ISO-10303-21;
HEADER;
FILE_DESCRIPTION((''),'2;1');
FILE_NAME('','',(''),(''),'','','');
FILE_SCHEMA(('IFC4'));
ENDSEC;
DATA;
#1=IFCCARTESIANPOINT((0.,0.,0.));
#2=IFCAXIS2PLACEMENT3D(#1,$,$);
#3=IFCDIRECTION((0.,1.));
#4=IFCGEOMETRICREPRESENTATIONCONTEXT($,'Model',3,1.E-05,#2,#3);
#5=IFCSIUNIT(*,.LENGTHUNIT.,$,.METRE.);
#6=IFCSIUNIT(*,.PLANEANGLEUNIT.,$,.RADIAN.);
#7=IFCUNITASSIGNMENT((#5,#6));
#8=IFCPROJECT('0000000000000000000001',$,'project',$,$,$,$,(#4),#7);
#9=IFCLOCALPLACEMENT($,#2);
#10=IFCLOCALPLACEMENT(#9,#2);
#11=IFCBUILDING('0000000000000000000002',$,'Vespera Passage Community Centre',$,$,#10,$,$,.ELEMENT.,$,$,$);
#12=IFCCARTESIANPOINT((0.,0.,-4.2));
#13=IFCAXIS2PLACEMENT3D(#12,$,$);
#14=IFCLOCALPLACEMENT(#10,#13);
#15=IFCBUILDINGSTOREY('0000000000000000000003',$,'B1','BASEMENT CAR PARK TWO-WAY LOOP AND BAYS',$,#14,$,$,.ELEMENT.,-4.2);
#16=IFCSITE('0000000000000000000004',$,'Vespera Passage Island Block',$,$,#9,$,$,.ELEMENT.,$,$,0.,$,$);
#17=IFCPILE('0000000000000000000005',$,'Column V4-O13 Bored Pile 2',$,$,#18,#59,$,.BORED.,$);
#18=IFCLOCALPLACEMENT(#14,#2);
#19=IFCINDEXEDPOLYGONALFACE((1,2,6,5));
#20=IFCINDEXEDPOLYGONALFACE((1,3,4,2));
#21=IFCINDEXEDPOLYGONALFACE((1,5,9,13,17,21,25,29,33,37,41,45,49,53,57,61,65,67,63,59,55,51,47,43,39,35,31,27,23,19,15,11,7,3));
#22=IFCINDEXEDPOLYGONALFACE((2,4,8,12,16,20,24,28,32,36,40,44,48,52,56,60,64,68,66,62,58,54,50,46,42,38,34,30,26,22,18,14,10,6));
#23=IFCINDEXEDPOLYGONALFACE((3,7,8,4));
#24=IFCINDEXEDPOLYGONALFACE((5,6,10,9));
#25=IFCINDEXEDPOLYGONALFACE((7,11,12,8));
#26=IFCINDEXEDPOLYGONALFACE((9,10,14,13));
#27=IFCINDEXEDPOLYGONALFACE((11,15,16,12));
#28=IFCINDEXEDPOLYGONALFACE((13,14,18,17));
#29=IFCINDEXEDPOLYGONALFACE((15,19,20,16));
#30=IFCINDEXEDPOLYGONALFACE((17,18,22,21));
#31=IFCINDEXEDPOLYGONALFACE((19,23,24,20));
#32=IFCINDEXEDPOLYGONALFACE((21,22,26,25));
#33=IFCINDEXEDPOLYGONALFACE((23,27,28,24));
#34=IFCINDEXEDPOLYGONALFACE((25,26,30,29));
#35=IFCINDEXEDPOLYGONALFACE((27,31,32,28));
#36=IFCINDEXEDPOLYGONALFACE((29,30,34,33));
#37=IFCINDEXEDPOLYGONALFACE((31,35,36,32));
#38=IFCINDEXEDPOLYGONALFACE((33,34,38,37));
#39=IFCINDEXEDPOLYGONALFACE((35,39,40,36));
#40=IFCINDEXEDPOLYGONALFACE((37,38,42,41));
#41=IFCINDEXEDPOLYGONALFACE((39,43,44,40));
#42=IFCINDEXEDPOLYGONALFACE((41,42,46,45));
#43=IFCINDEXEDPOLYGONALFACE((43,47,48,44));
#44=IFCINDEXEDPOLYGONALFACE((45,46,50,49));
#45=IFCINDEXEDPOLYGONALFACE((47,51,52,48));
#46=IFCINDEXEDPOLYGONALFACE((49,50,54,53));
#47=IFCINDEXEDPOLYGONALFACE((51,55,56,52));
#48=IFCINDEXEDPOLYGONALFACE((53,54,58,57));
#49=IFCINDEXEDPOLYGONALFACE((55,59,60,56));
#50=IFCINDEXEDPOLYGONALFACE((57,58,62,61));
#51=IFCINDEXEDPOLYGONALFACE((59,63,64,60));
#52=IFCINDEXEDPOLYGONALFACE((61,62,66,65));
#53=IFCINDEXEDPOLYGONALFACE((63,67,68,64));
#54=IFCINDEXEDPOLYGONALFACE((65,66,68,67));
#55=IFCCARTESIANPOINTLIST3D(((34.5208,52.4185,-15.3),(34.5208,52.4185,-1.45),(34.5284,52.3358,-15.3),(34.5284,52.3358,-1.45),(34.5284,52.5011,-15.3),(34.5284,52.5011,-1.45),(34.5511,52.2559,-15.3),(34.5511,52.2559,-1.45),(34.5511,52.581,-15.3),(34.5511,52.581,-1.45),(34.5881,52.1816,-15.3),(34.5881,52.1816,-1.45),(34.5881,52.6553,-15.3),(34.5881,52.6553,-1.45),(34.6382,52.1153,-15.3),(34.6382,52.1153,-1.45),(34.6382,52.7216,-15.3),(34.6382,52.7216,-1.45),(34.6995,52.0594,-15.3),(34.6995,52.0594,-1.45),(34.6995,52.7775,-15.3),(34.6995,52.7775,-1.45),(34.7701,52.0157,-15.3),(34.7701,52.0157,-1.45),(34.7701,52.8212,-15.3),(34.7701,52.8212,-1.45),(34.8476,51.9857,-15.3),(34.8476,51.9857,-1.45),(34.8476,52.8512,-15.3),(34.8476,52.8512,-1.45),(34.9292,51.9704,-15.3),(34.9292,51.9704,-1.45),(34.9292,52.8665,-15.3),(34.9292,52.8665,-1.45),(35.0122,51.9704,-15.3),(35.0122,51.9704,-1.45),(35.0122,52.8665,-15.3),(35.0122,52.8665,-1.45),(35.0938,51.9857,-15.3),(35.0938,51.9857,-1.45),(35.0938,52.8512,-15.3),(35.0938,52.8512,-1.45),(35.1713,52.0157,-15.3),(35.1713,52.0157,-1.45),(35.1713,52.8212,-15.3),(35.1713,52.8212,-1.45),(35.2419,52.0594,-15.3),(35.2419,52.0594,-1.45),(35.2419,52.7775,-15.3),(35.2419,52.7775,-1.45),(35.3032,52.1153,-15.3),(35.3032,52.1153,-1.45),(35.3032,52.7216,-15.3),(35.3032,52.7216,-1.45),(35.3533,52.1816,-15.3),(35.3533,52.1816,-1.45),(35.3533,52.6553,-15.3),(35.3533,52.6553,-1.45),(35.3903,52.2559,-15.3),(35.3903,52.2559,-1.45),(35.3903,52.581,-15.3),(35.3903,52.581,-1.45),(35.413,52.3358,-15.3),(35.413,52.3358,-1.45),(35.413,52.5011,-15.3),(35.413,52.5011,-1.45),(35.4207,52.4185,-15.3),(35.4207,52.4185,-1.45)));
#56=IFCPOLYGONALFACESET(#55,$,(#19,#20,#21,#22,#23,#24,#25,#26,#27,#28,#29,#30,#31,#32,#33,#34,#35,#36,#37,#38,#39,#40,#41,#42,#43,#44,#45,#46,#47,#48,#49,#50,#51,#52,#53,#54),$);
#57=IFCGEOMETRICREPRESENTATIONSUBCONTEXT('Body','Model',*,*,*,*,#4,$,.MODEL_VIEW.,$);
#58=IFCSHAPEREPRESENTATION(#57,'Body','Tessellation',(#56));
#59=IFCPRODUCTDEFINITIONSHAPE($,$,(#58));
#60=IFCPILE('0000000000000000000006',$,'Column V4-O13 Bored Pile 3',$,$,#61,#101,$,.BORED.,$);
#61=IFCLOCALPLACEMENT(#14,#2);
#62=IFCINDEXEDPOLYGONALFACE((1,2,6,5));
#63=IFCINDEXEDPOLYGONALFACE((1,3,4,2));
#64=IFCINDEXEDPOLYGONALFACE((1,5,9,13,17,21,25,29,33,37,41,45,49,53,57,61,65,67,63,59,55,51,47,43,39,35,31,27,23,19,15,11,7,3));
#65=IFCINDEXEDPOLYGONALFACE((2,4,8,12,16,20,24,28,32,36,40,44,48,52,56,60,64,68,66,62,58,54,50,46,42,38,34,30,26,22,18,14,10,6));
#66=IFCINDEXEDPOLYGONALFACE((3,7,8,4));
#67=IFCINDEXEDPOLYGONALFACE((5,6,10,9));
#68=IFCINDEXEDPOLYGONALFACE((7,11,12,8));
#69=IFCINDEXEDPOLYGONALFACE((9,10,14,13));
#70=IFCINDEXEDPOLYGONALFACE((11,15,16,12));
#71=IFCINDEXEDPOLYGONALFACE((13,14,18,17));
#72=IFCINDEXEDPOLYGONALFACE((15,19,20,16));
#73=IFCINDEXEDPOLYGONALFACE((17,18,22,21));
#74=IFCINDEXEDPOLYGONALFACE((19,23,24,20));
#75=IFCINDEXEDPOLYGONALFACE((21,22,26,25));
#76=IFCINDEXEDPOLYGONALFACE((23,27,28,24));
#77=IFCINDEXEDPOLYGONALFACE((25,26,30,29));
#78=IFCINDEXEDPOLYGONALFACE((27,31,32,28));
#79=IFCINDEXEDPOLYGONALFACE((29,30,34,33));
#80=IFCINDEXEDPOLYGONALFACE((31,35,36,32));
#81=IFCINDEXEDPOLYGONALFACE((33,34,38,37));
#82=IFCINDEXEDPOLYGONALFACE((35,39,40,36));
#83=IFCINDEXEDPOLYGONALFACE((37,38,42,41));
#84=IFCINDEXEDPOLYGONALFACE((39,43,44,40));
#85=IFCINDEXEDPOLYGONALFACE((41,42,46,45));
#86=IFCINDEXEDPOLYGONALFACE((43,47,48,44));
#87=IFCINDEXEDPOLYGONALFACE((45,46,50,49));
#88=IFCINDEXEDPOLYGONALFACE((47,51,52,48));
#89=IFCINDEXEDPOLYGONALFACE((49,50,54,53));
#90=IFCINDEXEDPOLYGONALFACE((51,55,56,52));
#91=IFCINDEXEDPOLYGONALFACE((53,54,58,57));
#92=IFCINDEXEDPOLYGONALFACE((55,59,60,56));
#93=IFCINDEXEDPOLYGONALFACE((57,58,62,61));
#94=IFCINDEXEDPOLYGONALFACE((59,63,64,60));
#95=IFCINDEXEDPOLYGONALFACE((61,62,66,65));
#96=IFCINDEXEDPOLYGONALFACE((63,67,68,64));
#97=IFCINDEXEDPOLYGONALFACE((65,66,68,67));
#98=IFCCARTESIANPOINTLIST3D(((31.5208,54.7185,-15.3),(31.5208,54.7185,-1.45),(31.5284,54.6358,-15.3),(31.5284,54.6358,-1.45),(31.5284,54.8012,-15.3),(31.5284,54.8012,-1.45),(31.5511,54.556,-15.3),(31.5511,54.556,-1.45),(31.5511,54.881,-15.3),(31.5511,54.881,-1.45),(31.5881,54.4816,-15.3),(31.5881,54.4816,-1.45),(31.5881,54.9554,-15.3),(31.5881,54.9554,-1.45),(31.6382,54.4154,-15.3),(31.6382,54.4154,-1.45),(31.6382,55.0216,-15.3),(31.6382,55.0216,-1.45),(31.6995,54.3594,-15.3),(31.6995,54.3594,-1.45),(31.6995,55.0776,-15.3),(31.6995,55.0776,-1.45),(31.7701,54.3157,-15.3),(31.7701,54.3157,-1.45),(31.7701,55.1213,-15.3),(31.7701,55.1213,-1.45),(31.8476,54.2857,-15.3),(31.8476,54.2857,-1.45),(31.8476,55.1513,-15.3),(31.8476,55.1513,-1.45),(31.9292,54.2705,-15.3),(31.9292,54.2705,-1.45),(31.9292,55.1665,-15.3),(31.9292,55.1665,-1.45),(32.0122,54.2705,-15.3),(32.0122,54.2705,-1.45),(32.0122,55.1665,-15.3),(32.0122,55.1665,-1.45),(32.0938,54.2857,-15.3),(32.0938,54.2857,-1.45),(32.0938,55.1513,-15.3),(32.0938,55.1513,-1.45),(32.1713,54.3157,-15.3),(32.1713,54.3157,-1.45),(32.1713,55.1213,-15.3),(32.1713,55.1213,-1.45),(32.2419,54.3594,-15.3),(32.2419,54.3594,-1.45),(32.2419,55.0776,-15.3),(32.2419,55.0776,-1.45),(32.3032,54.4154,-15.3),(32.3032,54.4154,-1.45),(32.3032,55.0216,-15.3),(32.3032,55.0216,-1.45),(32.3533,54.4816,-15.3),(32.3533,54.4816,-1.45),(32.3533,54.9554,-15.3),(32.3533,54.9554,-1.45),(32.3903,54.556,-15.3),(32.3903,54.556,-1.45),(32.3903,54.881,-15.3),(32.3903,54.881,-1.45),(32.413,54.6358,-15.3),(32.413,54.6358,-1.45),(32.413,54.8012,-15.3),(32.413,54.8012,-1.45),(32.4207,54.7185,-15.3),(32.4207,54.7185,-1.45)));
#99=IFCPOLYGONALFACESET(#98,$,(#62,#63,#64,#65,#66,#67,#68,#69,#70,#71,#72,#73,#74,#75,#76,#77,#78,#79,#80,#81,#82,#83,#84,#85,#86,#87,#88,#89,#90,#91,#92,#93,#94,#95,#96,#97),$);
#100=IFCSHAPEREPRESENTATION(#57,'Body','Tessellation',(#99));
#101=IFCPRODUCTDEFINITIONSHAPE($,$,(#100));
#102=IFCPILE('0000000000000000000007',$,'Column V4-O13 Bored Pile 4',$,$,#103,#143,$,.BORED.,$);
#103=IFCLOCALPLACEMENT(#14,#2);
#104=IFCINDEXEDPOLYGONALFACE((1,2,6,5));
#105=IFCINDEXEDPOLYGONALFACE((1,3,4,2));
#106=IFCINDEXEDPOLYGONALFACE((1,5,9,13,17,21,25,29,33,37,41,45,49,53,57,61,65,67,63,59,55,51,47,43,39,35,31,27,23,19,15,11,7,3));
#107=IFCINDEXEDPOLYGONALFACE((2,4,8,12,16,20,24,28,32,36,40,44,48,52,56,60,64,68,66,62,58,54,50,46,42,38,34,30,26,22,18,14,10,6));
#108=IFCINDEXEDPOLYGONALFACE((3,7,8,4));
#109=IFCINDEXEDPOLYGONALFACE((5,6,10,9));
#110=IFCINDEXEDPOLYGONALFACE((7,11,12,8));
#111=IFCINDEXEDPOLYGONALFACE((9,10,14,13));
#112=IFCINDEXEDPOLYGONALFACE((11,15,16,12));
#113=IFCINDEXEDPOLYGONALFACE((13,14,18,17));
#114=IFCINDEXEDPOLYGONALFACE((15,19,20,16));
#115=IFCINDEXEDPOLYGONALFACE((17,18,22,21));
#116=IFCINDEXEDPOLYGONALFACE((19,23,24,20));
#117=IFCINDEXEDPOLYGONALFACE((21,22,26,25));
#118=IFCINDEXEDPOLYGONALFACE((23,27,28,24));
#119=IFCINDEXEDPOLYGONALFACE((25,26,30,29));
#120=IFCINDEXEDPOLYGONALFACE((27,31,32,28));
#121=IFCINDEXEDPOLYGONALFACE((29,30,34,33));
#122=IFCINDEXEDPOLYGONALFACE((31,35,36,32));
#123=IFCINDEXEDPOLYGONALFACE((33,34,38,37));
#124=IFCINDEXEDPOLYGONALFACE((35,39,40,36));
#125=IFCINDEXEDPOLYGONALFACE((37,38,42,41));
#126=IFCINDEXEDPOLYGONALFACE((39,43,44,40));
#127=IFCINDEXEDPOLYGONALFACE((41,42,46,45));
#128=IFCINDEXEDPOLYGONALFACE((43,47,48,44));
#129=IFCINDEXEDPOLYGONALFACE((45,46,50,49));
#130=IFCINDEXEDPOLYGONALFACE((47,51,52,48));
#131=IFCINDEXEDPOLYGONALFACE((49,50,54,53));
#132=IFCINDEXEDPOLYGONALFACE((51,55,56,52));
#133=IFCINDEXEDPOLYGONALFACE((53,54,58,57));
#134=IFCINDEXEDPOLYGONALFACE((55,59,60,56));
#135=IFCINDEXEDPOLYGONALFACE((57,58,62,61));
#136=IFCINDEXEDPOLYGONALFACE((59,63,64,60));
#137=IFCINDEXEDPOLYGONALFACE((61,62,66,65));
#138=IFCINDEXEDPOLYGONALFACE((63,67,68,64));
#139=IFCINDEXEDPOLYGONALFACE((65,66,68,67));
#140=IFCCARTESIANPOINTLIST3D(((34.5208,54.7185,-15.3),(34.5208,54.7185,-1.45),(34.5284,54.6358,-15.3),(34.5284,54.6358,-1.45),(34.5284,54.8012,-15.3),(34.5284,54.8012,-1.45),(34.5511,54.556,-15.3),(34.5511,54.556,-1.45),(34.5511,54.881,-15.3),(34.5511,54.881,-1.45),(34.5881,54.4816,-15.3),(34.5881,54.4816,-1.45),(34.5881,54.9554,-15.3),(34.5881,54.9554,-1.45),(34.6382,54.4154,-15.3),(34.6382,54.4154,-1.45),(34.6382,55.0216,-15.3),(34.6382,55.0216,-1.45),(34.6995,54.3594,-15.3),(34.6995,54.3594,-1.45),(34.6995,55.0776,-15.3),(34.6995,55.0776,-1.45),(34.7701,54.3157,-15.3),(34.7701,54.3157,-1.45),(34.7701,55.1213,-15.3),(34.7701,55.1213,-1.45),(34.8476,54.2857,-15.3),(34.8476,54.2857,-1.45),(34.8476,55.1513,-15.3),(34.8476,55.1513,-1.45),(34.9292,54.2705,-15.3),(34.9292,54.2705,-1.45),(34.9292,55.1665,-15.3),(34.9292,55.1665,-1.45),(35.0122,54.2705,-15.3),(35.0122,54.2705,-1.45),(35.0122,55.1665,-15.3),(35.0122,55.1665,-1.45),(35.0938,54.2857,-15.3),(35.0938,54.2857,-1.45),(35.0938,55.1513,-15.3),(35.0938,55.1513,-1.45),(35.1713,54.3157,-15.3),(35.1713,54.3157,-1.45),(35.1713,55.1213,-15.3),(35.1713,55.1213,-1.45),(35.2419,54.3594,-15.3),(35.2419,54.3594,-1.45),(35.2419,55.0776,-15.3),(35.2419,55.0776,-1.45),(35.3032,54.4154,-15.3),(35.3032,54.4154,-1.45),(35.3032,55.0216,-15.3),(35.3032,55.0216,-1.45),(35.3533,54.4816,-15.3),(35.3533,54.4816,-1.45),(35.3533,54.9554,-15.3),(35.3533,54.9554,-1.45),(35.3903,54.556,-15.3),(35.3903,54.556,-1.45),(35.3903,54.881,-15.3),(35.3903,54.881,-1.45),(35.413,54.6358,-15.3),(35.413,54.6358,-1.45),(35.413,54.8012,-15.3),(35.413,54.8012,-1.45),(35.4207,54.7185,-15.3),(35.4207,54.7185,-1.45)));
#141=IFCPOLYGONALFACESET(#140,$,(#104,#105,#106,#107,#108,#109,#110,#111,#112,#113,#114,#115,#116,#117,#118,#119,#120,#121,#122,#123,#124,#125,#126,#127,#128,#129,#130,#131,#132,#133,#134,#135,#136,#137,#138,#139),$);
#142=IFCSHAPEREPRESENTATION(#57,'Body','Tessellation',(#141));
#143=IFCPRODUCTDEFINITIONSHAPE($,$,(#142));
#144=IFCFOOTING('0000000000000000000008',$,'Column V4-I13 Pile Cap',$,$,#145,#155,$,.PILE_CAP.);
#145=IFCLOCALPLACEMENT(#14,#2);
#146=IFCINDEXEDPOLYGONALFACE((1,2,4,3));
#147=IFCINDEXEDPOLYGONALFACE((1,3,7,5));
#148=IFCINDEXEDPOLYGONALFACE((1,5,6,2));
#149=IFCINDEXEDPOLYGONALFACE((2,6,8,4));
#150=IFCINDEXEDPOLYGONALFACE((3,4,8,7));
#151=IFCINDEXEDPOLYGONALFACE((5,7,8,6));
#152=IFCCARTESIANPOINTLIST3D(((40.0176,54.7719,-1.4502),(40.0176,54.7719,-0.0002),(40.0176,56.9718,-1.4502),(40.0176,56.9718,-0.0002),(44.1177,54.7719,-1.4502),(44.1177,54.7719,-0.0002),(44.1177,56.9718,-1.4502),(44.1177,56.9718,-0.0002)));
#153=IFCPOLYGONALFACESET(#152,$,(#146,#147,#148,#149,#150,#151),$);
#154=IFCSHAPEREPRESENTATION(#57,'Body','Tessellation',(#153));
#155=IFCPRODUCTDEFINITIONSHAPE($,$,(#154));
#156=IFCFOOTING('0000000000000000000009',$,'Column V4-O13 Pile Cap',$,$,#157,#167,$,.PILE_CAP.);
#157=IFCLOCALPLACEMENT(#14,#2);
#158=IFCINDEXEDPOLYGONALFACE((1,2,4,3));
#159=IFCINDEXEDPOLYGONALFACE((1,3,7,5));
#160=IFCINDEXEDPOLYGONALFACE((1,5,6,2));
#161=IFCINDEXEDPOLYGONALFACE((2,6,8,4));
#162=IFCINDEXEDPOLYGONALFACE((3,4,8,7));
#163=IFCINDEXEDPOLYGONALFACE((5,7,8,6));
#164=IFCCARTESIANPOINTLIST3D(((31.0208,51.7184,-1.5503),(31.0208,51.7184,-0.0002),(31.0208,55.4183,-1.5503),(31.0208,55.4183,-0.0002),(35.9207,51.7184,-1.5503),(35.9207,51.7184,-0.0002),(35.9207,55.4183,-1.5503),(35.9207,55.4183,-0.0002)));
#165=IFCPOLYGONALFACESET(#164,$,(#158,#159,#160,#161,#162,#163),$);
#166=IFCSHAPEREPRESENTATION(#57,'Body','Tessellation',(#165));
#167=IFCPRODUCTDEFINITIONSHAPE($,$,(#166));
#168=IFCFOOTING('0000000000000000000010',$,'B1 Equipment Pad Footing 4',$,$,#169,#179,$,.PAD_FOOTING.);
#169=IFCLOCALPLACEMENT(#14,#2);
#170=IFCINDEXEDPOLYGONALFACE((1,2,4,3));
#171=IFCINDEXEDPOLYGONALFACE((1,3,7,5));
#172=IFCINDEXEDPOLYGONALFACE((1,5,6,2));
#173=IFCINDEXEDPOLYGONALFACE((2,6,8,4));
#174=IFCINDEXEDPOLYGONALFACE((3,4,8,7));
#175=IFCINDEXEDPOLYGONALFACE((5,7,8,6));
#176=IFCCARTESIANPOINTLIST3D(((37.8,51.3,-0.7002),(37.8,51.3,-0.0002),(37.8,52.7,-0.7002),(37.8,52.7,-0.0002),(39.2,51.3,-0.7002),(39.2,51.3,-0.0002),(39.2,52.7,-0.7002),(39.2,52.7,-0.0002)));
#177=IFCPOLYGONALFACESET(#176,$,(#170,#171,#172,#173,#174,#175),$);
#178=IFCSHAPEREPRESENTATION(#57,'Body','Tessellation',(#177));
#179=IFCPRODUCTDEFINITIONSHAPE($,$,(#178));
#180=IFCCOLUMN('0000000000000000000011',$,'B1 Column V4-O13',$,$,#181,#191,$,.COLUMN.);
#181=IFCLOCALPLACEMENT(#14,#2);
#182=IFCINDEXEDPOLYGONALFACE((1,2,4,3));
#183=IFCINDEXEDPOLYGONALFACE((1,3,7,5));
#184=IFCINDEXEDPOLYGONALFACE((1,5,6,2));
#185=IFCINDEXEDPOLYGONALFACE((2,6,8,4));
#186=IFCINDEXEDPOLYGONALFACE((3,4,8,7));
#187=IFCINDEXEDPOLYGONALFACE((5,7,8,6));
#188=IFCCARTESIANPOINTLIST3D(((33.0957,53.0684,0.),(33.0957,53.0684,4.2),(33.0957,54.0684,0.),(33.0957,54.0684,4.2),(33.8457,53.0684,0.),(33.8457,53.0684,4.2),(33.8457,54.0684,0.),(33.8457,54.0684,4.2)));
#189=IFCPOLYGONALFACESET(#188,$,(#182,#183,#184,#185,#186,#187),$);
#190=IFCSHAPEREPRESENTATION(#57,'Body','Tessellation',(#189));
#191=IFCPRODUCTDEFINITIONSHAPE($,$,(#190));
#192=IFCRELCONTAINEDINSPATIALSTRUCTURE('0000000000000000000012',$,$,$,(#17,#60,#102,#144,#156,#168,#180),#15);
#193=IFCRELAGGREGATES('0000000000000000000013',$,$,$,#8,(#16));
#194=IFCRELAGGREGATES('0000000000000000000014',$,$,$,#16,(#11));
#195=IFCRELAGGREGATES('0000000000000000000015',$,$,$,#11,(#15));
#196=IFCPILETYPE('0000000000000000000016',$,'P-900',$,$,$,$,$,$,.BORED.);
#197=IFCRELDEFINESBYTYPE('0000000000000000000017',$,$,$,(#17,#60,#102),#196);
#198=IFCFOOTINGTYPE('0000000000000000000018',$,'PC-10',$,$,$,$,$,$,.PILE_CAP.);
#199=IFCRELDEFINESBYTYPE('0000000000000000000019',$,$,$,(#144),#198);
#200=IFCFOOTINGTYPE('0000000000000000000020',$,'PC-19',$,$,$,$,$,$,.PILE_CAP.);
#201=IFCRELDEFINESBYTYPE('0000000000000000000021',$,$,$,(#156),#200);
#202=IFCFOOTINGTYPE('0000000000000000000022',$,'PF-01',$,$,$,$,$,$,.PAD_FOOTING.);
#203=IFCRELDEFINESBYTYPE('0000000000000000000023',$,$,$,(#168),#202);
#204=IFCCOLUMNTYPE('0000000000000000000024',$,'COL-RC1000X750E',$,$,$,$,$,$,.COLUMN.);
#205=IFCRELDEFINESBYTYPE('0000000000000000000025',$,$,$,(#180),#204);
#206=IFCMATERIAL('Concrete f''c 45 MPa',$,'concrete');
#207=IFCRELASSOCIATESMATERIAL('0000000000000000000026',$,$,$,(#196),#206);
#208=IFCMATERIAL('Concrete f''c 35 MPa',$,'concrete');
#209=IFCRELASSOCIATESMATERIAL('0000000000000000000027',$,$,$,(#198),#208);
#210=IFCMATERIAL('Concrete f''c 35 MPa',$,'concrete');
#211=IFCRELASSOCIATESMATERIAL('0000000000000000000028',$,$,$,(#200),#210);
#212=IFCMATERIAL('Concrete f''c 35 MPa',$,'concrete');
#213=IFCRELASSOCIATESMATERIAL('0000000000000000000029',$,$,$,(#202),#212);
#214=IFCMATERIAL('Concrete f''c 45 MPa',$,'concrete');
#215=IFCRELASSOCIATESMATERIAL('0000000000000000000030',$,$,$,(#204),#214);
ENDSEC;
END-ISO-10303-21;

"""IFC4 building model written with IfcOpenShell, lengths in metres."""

from ifc_helpers import new_model, si_unit, direction, frame, origin, origin_2d, place, context, subcontext, project, spatial, rectangle, circle, extrude, material, material_profile, profile_set, type_object, element, save


model = new_model("IFC4")

# Units and contexts
model_context = context("Model", 3, precision=1e-05, world=origin(), true_north=direction((0.0, 1.0)))
body_context = subcontext(model_context, "Body", "Model", "MODEL_VIEW")
ifc_project = project(units=[si_unit("LENGTHUNIT", "METRE"), si_unit("PLANEANGLEUNIT", "RADIAN")], contexts=[model_context])

# Site, building, storey
site_placement = place(None, origin())
site = spatial("IfcSite", under=ifc_project, at=site_placement, Name="Vespera Passage Island Block", CompositionType="ELEMENT", RefElevation=0.0)
building_placement = place(site_placement, origin())
building = spatial("IfcBuilding", under=site, at=building_placement, Name="Vespera Passage Community Centre", CompositionType="ELEMENT")
storey_placement = place(building_placement, frame((0.0, 0.0, -4.2)))
storey = spatial("IfcBuildingStorey", under=building, at=storey_placement, Name="B1", Description="BASEMENT CAR PARK TWO-WAY LOOP AND BAYS", CompositionType="ELEMENT", Elevation=-4.2)

# Piles
ifc_material_1 = material(Name="Concrete f'c 45 MPa", Category="concrete")
ifc_material_profile_1 = material_profile(ifc_material_1, circle(Radius=0.45, at=origin_2d()), Name="PILE900DIA")
ifc_profile_set_1 = profile_set([ifc_material_profile_1], Name="Concrete f'c 45 MPa")
pile_type = type_object("IfcPileType", Name="P-900", PredefinedType="BORED", material=ifc_profile_set_1)
for number, where, z_axis, x_axis, name in (
    (1, (34.9707, 52.4185, -1.45), (0.0, 0.0, -1.0), (1.0, 0.0, 0.0), "Column V4-O13 Bored Pile 2"),
    (2, (31.9707, 54.7185, -1.45), (0.0, 0.0, -1.0), (1.0, 0.0, 0.0), "Column V4-O13 Bored Pile 3"),
    (3, (34.9707, 54.7185, -1.45), (0.0, 0.0, -1.0), (1.0, 0.0, 0.0), "Column V4-O13 Bored Pile 4"),
):
    element("IfcPile", number, at=place(storey_placement, frame(where, z_axis=z_axis, x_axis=x_axis)), inside=storey, type_object=pile_type, Name=name, PredefinedType="BORED", context=body_context, shape_type="SweptSolid", body=[
        extrude(circle(Radius=0.45, at=origin_2d()), origin(), (0.0, 0.0, 1.0), 13.8501),
    ])

# Footings
ifc_material_2 = material(Name="Concrete f'c 35 MPa", Category="concrete")
footing_type_1 = type_object("IfcFootingType", Name="PC-10", PredefinedType="PILE_CAP", material=ifc_material_2)
footing_1_placement = place(storey_placement, frame((42.0676, 55.8718, -1.4502), z_axis=(0.0, 0.0, 1.0), x_axis=(1.0, 0.0, 0.0)))
element("IfcFooting", 4, at=footing_1_placement, inside=storey, type_object=footing_type_1, Name="Column V4-I13 Pile Cap", PredefinedType="PILE_CAP", context=body_context, shape_type="SweptSolid", body=[
    extrude(rectangle(XDim=4.1001, YDim=2.2, at=origin_2d()), origin(), (0.0, 0.0, 1.0), 1.45),
])
ifc_material_3 = material(Name="Concrete f'c 35 MPa", Category="concrete")
footing_type_2 = type_object("IfcFootingType", Name="PC-19", PredefinedType="PILE_CAP", material=ifc_material_3)
footing_2_placement = place(storey_placement, frame((33.4707, 53.5684, -1.5503), z_axis=(0.0, 0.0, 1.0), x_axis=(1.0, 0.0, 0.0)))
element("IfcFooting", 5, at=footing_2_placement, inside=storey, type_object=footing_type_2, Name="Column V4-O13 Pile Cap", PredefinedType="PILE_CAP", context=body_context, shape_type="SweptSolid", body=[
    extrude(rectangle(XDim=4.8999, YDim=3.7, at=origin_2d()), origin(), (0.0, 0.0, 1.0), 1.55),
])
ifc_material_4 = material(Name="Concrete f'c 35 MPa", Category="concrete")
footing_type_3 = type_object("IfcFootingType", Name="PF-01", PredefinedType="PAD_FOOTING", material=ifc_material_4)
footing_3_placement = place(storey_placement, frame((38.5, 52.0, -0.7002), z_axis=(0.0, 0.0, 1.0), x_axis=(1.0, 0.0, 0.0)))
element("IfcFooting", 6, at=footing_3_placement, inside=storey, type_object=footing_type_3, Name="B1 Equipment Pad Footing 4", PredefinedType="PAD_FOOTING", context=body_context, shape_type="SweptSolid", body=[
    extrude(rectangle(XDim=1.3999, YDim=1.3999, at=origin_2d()), origin(), (0.0, 0.0, 1.0), 0.7),
])

# Column
ifc_material_5 = material(Name="Concrete f'c 45 MPa", Category="concrete")
ifc_material_profile_2 = material_profile(ifc_material_5, rectangle(XDim=0.75, YDim=1.0, at=origin_2d()), Name="RC1000X750")
ifc_profile_set_2 = profile_set([ifc_material_profile_2], Name="Concrete f'c 45 MPa")
column_type_1 = type_object("IfcColumnType", Name="COL-RC1000X750E", PredefinedType="COLUMN", material=ifc_profile_set_2)
column_1_placement = place(storey_placement, frame((33.4707, 53.5684, 0.0), z_axis=(0.0, 0.0, 1.0), x_axis=(1.0, 0.0, 0.0)))
element("IfcColumn", 7, at=column_1_placement, inside=storey, type_object=column_type_1, Name="B1 Column V4-O13", PredefinedType="COLUMN", context=body_context, shape_type="SweptSolid", body=[
    extrude(rectangle(XDim=0.75, YDim=1.0, at=origin_2d()), origin(), (0.0, 0.0, 1.0), 4.2),
])

save(model, "model.ifc")
